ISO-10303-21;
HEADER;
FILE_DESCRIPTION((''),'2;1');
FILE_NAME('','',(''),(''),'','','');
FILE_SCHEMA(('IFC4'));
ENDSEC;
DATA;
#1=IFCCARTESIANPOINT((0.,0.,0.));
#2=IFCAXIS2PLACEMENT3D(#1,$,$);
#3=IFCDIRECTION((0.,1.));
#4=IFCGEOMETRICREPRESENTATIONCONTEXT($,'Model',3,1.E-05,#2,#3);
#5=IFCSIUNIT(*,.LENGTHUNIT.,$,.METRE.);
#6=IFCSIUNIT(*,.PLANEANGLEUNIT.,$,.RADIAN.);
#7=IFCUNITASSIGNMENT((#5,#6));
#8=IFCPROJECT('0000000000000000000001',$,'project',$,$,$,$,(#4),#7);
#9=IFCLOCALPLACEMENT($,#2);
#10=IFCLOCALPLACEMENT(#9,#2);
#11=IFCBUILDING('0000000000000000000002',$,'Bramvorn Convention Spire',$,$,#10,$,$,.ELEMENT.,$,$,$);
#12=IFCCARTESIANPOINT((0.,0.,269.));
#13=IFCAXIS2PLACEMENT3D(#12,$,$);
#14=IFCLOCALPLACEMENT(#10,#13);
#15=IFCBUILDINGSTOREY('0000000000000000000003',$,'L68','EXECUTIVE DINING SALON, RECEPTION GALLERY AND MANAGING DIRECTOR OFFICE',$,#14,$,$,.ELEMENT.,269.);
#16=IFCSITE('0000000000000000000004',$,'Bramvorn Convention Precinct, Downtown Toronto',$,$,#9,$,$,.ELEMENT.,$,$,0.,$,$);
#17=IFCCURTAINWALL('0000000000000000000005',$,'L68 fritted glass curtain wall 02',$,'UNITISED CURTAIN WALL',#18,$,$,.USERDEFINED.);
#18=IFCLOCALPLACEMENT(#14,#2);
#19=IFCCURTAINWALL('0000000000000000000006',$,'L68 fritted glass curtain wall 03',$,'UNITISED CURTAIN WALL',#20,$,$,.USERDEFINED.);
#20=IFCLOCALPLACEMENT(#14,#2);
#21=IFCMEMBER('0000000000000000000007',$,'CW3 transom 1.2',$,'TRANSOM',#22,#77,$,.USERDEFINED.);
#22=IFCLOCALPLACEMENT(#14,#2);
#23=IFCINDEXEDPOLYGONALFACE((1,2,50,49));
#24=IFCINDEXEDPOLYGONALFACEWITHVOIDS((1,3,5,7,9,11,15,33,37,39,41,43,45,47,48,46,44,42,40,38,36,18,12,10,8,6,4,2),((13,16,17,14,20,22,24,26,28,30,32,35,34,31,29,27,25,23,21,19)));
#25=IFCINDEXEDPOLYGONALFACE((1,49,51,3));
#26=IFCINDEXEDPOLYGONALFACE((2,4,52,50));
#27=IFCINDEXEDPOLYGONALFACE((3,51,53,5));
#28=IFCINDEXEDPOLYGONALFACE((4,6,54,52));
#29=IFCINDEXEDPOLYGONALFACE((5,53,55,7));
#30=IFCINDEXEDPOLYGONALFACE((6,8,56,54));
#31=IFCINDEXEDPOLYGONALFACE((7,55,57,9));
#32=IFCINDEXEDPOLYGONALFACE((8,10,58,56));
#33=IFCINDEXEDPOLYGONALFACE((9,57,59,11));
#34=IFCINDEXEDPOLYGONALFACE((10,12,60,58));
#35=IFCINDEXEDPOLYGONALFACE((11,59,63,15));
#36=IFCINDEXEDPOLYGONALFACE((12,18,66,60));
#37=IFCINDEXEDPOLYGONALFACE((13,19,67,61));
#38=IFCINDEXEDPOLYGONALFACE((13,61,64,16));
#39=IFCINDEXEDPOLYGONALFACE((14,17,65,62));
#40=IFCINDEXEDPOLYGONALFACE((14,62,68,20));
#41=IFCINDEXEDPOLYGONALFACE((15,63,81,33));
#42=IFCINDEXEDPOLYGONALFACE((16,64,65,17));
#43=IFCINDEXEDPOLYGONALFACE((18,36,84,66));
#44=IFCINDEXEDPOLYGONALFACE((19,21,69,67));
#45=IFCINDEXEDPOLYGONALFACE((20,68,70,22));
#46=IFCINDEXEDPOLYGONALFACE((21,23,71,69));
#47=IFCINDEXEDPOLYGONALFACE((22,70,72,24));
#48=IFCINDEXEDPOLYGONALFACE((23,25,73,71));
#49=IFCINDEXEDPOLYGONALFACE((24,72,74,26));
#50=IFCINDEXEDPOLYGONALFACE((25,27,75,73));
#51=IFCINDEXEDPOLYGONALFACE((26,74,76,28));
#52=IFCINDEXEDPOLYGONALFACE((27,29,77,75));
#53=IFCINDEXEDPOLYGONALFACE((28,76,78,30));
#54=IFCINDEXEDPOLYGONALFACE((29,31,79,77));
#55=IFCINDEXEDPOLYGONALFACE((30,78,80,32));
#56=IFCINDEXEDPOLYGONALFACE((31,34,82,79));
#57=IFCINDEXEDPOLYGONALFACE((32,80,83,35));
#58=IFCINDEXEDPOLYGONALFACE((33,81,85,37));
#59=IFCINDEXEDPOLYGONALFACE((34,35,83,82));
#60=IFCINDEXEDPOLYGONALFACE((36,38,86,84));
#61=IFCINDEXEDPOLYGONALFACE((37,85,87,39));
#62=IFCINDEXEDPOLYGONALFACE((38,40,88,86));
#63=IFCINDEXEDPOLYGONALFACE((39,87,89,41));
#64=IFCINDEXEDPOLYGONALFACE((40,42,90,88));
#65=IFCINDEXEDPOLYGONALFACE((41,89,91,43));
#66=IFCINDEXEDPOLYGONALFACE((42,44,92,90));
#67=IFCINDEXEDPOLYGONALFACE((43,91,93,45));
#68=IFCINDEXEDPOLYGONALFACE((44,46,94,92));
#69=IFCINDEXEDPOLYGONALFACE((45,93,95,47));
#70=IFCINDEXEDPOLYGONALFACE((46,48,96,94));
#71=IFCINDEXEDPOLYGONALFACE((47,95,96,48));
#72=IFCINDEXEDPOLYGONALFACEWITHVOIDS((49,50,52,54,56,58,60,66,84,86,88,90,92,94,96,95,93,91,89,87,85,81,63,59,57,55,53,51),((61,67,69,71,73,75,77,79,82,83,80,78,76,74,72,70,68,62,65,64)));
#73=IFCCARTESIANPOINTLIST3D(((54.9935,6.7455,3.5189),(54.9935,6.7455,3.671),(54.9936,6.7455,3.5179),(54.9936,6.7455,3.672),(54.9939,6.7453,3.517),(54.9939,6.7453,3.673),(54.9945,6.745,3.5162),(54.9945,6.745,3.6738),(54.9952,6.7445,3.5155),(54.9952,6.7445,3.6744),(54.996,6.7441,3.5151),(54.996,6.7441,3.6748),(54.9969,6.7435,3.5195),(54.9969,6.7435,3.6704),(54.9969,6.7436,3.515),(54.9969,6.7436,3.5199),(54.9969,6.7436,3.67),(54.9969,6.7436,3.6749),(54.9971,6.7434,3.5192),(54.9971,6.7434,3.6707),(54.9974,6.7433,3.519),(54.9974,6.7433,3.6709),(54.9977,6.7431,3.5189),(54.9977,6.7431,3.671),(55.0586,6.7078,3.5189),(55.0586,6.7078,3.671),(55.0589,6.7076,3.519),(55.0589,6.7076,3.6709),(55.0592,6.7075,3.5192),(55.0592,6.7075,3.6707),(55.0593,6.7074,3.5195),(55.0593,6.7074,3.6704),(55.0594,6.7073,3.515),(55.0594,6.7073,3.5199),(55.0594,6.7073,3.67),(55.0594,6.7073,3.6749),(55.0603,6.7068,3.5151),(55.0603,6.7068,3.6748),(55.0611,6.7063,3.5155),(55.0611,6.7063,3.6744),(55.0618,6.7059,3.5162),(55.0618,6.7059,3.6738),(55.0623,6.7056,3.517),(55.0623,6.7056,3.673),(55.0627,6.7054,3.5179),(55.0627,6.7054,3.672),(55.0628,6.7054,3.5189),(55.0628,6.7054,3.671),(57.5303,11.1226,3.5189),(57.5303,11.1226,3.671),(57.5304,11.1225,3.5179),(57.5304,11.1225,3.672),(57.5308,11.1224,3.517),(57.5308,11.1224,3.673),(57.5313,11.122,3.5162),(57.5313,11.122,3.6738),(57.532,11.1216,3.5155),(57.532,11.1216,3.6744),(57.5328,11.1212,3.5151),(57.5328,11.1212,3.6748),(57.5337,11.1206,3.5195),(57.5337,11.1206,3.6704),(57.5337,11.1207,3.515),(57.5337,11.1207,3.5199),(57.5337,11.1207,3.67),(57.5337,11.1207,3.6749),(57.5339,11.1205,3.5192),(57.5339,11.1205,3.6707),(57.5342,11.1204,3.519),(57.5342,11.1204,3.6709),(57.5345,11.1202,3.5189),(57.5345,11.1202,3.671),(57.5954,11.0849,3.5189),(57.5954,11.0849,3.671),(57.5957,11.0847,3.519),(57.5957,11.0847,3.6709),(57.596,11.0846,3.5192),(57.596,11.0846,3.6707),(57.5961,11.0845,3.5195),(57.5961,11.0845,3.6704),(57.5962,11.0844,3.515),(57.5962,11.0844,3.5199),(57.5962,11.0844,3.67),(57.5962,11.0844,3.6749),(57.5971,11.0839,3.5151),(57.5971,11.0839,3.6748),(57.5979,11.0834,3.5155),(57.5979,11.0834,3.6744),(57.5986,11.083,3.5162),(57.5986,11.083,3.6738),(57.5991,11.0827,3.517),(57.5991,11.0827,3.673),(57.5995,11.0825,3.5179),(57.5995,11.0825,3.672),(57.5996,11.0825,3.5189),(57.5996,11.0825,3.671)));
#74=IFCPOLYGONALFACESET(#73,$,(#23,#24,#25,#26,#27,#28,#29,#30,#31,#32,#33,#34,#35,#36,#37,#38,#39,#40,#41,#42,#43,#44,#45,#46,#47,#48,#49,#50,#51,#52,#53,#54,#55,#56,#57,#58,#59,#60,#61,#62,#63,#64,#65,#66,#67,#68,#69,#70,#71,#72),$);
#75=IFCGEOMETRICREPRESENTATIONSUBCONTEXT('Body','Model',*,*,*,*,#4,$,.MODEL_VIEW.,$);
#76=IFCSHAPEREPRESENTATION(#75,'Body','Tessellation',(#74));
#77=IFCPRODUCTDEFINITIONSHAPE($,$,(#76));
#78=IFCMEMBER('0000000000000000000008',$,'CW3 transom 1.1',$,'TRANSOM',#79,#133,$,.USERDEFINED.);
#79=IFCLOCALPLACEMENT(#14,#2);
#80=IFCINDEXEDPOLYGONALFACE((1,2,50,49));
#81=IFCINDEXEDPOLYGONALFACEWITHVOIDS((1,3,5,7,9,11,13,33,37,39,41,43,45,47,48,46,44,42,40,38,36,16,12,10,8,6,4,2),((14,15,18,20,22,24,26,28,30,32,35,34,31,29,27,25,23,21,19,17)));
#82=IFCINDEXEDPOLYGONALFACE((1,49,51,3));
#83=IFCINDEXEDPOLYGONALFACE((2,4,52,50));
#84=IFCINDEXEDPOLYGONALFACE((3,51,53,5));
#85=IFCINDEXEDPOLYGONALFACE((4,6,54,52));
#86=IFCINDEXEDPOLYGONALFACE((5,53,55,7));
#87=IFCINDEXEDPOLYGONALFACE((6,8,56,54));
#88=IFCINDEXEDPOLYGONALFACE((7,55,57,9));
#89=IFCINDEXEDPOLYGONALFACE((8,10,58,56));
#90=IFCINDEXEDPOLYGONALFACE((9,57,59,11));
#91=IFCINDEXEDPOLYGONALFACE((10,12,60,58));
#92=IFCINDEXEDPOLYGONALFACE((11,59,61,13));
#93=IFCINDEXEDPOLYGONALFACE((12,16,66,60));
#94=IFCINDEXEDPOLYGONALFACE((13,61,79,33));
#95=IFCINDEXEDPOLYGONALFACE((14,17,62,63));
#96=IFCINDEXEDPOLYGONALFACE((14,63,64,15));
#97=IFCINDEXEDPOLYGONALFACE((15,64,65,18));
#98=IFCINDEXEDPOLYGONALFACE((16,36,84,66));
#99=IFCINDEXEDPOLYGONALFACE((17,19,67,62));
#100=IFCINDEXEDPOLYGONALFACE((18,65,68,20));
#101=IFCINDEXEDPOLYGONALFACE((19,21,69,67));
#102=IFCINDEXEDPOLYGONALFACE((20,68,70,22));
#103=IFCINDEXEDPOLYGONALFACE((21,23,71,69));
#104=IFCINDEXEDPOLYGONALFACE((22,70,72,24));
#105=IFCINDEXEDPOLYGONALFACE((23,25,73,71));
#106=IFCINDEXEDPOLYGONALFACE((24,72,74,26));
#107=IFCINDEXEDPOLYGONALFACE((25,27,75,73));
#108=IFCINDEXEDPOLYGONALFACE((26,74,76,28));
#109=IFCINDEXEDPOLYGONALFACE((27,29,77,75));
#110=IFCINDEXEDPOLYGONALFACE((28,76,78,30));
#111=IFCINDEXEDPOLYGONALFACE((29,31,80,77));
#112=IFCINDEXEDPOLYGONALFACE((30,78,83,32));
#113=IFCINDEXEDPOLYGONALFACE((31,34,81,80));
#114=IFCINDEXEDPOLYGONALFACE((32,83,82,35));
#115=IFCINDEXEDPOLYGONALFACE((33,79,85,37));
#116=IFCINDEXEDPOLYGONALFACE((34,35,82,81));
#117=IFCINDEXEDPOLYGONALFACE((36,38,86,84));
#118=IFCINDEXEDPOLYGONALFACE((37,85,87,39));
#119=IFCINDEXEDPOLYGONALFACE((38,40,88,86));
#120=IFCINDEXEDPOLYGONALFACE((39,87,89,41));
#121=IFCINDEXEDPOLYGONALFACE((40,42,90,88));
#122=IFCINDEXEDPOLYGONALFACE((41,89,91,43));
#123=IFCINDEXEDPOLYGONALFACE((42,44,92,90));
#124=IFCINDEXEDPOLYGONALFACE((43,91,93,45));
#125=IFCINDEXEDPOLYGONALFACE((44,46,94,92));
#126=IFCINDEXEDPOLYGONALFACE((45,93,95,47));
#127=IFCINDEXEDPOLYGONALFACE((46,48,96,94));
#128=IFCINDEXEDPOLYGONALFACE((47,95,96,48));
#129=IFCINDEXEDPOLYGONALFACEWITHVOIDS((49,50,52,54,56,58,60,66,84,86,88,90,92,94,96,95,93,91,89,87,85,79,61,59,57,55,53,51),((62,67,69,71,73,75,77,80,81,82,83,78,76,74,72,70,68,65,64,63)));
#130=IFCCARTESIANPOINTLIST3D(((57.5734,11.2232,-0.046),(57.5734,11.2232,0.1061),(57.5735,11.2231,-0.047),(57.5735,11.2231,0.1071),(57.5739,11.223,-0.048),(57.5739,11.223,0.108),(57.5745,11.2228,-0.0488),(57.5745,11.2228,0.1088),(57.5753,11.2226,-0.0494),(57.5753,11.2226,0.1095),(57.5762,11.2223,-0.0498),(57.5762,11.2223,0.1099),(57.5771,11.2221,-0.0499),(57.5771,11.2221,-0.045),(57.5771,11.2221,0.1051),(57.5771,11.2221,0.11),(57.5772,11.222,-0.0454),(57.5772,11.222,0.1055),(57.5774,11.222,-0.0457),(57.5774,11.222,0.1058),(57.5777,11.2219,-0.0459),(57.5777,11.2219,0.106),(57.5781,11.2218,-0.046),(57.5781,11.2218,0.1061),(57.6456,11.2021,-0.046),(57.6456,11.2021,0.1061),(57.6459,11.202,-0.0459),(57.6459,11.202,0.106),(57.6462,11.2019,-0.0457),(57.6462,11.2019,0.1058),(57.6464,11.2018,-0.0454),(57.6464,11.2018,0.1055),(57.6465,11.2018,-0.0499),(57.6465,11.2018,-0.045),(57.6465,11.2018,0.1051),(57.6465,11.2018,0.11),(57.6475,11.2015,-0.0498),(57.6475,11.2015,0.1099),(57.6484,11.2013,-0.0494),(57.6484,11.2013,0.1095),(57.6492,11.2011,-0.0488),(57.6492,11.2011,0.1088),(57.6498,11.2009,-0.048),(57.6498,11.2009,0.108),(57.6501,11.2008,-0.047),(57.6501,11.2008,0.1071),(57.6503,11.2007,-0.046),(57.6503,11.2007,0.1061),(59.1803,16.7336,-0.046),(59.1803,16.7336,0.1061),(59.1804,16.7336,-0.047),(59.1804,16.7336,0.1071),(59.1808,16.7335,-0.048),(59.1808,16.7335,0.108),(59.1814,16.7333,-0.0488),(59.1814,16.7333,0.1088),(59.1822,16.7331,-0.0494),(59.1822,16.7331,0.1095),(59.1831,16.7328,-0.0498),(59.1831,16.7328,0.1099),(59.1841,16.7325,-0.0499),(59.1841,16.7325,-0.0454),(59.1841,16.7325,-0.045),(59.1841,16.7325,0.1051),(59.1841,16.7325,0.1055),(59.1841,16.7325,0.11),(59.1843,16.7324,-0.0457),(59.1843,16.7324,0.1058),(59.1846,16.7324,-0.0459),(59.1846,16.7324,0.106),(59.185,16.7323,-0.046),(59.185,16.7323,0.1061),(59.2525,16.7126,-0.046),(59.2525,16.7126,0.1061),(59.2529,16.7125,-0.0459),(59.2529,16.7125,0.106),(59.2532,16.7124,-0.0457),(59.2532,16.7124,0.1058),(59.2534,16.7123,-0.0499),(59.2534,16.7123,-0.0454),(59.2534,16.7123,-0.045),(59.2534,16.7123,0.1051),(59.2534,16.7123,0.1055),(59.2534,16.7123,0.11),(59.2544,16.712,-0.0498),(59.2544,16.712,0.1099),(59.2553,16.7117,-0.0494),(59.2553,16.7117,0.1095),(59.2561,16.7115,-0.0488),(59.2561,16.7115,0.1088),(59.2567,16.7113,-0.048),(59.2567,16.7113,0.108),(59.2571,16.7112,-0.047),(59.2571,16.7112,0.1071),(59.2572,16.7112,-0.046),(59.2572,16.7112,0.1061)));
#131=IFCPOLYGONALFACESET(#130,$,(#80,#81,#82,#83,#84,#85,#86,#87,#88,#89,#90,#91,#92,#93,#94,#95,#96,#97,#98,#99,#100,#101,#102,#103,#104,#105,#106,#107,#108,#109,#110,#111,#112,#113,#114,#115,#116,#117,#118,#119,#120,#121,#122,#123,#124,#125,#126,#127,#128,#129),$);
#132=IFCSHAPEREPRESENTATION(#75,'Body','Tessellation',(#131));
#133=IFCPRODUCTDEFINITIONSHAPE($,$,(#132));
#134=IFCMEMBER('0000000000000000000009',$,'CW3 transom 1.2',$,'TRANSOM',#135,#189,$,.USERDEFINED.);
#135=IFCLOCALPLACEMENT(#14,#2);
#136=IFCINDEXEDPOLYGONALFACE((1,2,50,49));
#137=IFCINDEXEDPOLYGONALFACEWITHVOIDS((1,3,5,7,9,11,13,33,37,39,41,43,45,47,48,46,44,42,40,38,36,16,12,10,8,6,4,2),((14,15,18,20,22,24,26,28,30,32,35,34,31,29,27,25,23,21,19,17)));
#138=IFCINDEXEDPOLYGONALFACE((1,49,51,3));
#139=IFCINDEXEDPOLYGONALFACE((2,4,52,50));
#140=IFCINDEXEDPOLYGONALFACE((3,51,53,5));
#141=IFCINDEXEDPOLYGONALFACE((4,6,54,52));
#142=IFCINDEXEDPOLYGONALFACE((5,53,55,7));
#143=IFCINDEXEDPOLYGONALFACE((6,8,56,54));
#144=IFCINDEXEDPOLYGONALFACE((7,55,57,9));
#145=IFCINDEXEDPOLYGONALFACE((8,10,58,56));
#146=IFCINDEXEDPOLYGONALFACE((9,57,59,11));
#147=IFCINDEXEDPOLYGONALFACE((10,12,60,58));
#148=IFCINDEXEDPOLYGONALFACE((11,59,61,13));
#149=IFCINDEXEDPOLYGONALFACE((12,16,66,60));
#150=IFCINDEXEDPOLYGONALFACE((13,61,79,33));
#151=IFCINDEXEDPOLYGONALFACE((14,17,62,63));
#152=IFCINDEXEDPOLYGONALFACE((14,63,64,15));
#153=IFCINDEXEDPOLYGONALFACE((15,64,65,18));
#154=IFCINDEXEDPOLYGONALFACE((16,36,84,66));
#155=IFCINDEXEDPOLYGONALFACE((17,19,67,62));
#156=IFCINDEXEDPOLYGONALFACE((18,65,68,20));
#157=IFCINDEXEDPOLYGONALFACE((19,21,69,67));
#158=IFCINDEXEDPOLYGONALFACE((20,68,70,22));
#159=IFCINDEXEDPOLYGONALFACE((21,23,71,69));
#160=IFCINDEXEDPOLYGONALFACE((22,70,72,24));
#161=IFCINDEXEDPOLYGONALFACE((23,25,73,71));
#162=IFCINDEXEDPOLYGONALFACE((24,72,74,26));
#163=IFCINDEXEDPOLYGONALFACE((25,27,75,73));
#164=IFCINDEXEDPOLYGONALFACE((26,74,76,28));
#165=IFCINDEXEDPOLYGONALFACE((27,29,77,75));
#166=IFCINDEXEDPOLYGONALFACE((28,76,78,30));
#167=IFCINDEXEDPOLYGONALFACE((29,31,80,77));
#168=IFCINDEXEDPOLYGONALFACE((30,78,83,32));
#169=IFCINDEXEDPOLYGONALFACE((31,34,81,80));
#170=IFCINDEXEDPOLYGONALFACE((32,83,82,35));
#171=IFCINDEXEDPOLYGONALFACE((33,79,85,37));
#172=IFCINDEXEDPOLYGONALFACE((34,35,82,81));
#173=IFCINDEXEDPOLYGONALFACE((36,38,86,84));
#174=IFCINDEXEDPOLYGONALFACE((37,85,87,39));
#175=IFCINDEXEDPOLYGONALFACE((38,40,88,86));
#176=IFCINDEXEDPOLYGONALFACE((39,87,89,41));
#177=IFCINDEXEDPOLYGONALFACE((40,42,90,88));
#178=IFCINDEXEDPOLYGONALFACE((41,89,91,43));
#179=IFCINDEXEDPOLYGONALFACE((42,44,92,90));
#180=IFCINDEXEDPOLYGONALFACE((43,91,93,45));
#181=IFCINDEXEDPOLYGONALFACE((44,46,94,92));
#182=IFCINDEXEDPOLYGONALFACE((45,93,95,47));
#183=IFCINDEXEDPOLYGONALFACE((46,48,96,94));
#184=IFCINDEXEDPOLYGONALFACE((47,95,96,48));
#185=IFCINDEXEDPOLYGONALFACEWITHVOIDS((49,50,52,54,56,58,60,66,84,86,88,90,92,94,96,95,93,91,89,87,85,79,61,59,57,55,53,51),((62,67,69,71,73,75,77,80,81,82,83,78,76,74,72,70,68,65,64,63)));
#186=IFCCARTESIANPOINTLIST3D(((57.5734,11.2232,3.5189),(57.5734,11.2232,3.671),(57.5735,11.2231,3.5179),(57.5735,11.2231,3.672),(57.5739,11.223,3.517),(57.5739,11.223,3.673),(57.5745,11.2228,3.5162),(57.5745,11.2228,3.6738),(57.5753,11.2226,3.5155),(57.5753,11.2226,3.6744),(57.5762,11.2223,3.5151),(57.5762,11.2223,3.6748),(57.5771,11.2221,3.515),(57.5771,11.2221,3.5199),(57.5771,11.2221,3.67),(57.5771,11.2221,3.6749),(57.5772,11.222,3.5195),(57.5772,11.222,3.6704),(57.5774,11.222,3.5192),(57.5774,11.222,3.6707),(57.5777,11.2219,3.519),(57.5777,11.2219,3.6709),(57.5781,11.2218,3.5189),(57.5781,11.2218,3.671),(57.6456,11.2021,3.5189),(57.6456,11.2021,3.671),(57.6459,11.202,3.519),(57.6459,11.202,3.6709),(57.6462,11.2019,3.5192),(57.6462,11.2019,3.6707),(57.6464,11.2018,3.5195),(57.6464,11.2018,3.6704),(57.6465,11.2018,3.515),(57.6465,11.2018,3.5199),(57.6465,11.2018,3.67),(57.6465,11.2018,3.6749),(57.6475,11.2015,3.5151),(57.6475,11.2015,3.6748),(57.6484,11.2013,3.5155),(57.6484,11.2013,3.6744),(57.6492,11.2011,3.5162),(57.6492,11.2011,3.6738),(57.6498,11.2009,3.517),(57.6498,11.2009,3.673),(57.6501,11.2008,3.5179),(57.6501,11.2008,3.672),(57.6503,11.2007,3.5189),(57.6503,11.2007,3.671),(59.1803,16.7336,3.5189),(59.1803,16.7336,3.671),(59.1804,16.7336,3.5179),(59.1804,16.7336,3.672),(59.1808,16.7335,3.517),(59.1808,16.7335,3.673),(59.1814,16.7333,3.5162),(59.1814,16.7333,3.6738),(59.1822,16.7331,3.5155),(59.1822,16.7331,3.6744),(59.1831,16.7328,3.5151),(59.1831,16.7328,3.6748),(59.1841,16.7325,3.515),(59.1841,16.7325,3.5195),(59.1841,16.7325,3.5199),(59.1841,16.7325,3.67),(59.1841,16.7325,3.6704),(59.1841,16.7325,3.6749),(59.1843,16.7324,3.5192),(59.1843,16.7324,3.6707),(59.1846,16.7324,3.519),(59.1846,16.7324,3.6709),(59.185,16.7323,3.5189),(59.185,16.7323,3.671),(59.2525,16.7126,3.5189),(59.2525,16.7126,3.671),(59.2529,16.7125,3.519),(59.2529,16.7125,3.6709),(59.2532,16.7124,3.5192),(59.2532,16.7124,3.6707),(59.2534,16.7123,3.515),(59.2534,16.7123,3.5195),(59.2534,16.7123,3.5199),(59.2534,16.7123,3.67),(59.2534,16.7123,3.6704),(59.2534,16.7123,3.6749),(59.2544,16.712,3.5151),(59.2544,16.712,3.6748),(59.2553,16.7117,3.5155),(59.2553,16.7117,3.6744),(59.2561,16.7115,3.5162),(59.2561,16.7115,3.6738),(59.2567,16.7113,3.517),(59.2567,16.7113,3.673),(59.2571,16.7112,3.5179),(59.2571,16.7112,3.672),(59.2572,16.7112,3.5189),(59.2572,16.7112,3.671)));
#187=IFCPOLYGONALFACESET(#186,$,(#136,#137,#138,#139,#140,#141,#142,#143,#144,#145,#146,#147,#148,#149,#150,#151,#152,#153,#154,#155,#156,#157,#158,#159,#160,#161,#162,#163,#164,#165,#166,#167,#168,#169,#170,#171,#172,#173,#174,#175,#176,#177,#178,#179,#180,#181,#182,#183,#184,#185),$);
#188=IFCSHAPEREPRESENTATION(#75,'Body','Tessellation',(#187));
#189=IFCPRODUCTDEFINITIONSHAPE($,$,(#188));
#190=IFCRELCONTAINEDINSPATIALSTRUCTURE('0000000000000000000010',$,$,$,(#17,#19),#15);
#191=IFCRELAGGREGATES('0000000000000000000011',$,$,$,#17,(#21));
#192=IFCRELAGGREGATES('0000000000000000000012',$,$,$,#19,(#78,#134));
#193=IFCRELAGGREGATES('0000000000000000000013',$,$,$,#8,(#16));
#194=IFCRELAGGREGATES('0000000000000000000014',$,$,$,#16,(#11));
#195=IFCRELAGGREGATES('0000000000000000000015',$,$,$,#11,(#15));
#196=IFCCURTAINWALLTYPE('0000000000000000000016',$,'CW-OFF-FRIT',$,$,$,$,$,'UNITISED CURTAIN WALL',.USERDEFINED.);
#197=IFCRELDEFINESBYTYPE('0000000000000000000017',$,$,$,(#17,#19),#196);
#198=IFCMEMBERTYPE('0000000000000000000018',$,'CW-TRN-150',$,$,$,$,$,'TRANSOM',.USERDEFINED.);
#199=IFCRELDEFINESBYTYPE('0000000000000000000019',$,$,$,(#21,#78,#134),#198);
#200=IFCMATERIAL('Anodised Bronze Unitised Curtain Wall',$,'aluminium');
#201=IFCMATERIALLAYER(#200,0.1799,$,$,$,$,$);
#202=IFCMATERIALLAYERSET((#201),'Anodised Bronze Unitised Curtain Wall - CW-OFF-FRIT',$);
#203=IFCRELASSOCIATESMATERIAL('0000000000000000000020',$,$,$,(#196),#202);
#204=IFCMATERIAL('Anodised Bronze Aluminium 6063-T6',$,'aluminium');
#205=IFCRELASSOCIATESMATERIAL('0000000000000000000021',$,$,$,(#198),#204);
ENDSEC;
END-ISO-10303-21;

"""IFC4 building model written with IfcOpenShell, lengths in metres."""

from ifc_helpers import new_model, si_unit, direction, frame, origin, origin_2d, place, context, subcontext, project, spatial, hollow_rectangle, extrude, material, layer, layer_set, material_profile, profile_set, type_object, element, aggregate, save


model = new_model("IFC4")

# Units and contexts
model_context = context("Model", 3, precision=1e-05, world=origin(), true_north=direction((0.0, 1.0)))
body_context = subcontext(model_context, "Body", "Model", "MODEL_VIEW")
ifc_project = project(units=[si_unit("LENGTHUNIT", "METRE"), si_unit("PLANEANGLEUNIT", "RADIAN")], contexts=[model_context])

# Site, building, storey
site_placement = place(None, origin())
site = spatial("IfcSite", under=ifc_project, at=site_placement, Name="Bramvorn Convention Precinct, Downtown Toronto", CompositionType="ELEMENT", RefElevation=0.0)
building_placement = place(site_placement, origin())
building = spatial("IfcBuilding", under=site, at=building_placement, Name="Bramvorn Convention Spire", CompositionType="ELEMENT")
storey_placement = place(building_placement, frame((0.0, 0.0, 269.0)))
storey = spatial("IfcBuildingStorey", under=building, at=storey_placement, Name="L68", Description="EXECUTIVE DINING SALON, RECEPTION GALLERY AND MANAGING DIRECTOR OFFICE", CompositionType="ELEMENT", Elevation=269.0)

# Curtain walls
ifc_material_1 = material(Name="Anodised Bronze Unitised Curtain Wall", Category="aluminium")
ifc_layer_1 = layer(ifc_material_1, 0.1799)
ifc_layer_set_1 = layer_set([ifc_layer_1], Name="Anodised Bronze Unitised Curtain Wall - CW-OFF-FRIT")
curtain_wall_type = type_object("IfcCurtainWallType", Name="CW-OFF-FRIT", ElementType="UNITISED CURTAIN WALL", PredefinedType="USERDEFINED", material=ifc_layer_set_1)
curtain_wall_1_placement = place(storey_placement, origin())
curtain_wall_1 = element("IfcCurtainWall", 1, at=curtain_wall_1_placement, inside=storey, type_object=curtain_wall_type, Name="L68 fritted glass curtain wall 02", ObjectType="UNITISED CURTAIN WALL", PredefinedType="USERDEFINED")
ifc_material_2 = material(Name="Anodised Bronze Aluminium 6063-T6", Category="aluminium")
curtain_wall_2_placement = place(storey_placement, origin())
curtain_wall_2 = element("IfcCurtainWall", 2, at=curtain_wall_2_placement, inside=storey, type_object=curtain_wall_type, Name="L68 fritted glass curtain wall 03", ObjectType="UNITISED CURTAIN WALL", PredefinedType="USERDEFINED")

# Members
ifc_material_profile_1 = material_profile(ifc_material_2, hollow_rectangle(XDim=0.0801, YDim=0.1599, WallThickness=0.0039, InnerFilletRadius=0.001, OuterFilletRadius=0.0039, at=origin_2d()))
ifc_profile_set_1 = profile_set([ifc_material_profile_1], Name="Anodised Bronze Aluminium 6063-T6 - CWT80X160")
member_type_1 = type_object("IfcMemberType", Name="CW-TRN-150", ElementType="TRANSOM", PredefinedType="USERDEFINED", material=ifc_profile_set_1)
member_1_placement = place(storey_placement, frame((57.5649, 11.1025, 3.595), z_axis=(-0.501436, -0.865195, 0.0), x_axis=(0.865195, -0.501436, 0.0)))
member_1 = element("IfcMember", 3, at=member_1_placement, type_object=member_type_1, Name="CW3 transom 1.2", ObjectType="TRANSOM", PredefinedType="USERDEFINED", context=body_context, shape_type="SweptSolid", body=[
    extrude(hollow_rectangle(XDim=0.0801, YDim=0.1599, WallThickness=0.0039, InnerFilletRadius=0.001, OuterFilletRadius=0.0039, at=origin_2d()), origin(), (0.0, 0.0, 1.0), 5.0591),
])
member_2_placement = place(storey_placement, frame((59.2188, 16.7224, 0.03), z_axis=(-0.279953, -0.960014, 0.0), x_axis=(0.960014, -0.279953, 0.0)))
member_2 = element("IfcMember", 4, at=member_2_placement, type_object=member_type_1, Name="CW3 transom 1.1", ObjectType="TRANSOM", PredefinedType="USERDEFINED", context=body_context, shape_type="SweptSolid", body=[
    extrude(hollow_rectangle(XDim=0.0801, YDim=0.1599, WallThickness=0.0039, InnerFilletRadius=0.001, OuterFilletRadius=0.0039, at=origin_2d()), origin(), (0.0, 0.0, 1.0), 5.74),
])
member_3_placement = place(storey_placement, frame((59.2188, 16.7224, 3.595), z_axis=(-0.279953, -0.960014, 0.0), x_axis=(0.960014, -0.279953, 0.0)))
member_3 = element("IfcMember", 5, at=member_3_placement, type_object=member_type_1, Name="CW3 transom 1.2", ObjectType="TRANSOM", PredefinedType="USERDEFINED", context=body_context, shape_type="SweptSolid", body=[
    extrude(hollow_rectangle(XDim=0.0801, YDim=0.1599, WallThickness=0.0039, InnerFilletRadius=0.001, OuterFilletRadius=0.0039, at=origin_2d()), origin(), (0.0, 0.0, 1.0), 5.74),
])

aggregate(curtain_wall_1, [member_1])
aggregate(curtain_wall_2, [member_2, member_3])

save(model, "model.ifc")
